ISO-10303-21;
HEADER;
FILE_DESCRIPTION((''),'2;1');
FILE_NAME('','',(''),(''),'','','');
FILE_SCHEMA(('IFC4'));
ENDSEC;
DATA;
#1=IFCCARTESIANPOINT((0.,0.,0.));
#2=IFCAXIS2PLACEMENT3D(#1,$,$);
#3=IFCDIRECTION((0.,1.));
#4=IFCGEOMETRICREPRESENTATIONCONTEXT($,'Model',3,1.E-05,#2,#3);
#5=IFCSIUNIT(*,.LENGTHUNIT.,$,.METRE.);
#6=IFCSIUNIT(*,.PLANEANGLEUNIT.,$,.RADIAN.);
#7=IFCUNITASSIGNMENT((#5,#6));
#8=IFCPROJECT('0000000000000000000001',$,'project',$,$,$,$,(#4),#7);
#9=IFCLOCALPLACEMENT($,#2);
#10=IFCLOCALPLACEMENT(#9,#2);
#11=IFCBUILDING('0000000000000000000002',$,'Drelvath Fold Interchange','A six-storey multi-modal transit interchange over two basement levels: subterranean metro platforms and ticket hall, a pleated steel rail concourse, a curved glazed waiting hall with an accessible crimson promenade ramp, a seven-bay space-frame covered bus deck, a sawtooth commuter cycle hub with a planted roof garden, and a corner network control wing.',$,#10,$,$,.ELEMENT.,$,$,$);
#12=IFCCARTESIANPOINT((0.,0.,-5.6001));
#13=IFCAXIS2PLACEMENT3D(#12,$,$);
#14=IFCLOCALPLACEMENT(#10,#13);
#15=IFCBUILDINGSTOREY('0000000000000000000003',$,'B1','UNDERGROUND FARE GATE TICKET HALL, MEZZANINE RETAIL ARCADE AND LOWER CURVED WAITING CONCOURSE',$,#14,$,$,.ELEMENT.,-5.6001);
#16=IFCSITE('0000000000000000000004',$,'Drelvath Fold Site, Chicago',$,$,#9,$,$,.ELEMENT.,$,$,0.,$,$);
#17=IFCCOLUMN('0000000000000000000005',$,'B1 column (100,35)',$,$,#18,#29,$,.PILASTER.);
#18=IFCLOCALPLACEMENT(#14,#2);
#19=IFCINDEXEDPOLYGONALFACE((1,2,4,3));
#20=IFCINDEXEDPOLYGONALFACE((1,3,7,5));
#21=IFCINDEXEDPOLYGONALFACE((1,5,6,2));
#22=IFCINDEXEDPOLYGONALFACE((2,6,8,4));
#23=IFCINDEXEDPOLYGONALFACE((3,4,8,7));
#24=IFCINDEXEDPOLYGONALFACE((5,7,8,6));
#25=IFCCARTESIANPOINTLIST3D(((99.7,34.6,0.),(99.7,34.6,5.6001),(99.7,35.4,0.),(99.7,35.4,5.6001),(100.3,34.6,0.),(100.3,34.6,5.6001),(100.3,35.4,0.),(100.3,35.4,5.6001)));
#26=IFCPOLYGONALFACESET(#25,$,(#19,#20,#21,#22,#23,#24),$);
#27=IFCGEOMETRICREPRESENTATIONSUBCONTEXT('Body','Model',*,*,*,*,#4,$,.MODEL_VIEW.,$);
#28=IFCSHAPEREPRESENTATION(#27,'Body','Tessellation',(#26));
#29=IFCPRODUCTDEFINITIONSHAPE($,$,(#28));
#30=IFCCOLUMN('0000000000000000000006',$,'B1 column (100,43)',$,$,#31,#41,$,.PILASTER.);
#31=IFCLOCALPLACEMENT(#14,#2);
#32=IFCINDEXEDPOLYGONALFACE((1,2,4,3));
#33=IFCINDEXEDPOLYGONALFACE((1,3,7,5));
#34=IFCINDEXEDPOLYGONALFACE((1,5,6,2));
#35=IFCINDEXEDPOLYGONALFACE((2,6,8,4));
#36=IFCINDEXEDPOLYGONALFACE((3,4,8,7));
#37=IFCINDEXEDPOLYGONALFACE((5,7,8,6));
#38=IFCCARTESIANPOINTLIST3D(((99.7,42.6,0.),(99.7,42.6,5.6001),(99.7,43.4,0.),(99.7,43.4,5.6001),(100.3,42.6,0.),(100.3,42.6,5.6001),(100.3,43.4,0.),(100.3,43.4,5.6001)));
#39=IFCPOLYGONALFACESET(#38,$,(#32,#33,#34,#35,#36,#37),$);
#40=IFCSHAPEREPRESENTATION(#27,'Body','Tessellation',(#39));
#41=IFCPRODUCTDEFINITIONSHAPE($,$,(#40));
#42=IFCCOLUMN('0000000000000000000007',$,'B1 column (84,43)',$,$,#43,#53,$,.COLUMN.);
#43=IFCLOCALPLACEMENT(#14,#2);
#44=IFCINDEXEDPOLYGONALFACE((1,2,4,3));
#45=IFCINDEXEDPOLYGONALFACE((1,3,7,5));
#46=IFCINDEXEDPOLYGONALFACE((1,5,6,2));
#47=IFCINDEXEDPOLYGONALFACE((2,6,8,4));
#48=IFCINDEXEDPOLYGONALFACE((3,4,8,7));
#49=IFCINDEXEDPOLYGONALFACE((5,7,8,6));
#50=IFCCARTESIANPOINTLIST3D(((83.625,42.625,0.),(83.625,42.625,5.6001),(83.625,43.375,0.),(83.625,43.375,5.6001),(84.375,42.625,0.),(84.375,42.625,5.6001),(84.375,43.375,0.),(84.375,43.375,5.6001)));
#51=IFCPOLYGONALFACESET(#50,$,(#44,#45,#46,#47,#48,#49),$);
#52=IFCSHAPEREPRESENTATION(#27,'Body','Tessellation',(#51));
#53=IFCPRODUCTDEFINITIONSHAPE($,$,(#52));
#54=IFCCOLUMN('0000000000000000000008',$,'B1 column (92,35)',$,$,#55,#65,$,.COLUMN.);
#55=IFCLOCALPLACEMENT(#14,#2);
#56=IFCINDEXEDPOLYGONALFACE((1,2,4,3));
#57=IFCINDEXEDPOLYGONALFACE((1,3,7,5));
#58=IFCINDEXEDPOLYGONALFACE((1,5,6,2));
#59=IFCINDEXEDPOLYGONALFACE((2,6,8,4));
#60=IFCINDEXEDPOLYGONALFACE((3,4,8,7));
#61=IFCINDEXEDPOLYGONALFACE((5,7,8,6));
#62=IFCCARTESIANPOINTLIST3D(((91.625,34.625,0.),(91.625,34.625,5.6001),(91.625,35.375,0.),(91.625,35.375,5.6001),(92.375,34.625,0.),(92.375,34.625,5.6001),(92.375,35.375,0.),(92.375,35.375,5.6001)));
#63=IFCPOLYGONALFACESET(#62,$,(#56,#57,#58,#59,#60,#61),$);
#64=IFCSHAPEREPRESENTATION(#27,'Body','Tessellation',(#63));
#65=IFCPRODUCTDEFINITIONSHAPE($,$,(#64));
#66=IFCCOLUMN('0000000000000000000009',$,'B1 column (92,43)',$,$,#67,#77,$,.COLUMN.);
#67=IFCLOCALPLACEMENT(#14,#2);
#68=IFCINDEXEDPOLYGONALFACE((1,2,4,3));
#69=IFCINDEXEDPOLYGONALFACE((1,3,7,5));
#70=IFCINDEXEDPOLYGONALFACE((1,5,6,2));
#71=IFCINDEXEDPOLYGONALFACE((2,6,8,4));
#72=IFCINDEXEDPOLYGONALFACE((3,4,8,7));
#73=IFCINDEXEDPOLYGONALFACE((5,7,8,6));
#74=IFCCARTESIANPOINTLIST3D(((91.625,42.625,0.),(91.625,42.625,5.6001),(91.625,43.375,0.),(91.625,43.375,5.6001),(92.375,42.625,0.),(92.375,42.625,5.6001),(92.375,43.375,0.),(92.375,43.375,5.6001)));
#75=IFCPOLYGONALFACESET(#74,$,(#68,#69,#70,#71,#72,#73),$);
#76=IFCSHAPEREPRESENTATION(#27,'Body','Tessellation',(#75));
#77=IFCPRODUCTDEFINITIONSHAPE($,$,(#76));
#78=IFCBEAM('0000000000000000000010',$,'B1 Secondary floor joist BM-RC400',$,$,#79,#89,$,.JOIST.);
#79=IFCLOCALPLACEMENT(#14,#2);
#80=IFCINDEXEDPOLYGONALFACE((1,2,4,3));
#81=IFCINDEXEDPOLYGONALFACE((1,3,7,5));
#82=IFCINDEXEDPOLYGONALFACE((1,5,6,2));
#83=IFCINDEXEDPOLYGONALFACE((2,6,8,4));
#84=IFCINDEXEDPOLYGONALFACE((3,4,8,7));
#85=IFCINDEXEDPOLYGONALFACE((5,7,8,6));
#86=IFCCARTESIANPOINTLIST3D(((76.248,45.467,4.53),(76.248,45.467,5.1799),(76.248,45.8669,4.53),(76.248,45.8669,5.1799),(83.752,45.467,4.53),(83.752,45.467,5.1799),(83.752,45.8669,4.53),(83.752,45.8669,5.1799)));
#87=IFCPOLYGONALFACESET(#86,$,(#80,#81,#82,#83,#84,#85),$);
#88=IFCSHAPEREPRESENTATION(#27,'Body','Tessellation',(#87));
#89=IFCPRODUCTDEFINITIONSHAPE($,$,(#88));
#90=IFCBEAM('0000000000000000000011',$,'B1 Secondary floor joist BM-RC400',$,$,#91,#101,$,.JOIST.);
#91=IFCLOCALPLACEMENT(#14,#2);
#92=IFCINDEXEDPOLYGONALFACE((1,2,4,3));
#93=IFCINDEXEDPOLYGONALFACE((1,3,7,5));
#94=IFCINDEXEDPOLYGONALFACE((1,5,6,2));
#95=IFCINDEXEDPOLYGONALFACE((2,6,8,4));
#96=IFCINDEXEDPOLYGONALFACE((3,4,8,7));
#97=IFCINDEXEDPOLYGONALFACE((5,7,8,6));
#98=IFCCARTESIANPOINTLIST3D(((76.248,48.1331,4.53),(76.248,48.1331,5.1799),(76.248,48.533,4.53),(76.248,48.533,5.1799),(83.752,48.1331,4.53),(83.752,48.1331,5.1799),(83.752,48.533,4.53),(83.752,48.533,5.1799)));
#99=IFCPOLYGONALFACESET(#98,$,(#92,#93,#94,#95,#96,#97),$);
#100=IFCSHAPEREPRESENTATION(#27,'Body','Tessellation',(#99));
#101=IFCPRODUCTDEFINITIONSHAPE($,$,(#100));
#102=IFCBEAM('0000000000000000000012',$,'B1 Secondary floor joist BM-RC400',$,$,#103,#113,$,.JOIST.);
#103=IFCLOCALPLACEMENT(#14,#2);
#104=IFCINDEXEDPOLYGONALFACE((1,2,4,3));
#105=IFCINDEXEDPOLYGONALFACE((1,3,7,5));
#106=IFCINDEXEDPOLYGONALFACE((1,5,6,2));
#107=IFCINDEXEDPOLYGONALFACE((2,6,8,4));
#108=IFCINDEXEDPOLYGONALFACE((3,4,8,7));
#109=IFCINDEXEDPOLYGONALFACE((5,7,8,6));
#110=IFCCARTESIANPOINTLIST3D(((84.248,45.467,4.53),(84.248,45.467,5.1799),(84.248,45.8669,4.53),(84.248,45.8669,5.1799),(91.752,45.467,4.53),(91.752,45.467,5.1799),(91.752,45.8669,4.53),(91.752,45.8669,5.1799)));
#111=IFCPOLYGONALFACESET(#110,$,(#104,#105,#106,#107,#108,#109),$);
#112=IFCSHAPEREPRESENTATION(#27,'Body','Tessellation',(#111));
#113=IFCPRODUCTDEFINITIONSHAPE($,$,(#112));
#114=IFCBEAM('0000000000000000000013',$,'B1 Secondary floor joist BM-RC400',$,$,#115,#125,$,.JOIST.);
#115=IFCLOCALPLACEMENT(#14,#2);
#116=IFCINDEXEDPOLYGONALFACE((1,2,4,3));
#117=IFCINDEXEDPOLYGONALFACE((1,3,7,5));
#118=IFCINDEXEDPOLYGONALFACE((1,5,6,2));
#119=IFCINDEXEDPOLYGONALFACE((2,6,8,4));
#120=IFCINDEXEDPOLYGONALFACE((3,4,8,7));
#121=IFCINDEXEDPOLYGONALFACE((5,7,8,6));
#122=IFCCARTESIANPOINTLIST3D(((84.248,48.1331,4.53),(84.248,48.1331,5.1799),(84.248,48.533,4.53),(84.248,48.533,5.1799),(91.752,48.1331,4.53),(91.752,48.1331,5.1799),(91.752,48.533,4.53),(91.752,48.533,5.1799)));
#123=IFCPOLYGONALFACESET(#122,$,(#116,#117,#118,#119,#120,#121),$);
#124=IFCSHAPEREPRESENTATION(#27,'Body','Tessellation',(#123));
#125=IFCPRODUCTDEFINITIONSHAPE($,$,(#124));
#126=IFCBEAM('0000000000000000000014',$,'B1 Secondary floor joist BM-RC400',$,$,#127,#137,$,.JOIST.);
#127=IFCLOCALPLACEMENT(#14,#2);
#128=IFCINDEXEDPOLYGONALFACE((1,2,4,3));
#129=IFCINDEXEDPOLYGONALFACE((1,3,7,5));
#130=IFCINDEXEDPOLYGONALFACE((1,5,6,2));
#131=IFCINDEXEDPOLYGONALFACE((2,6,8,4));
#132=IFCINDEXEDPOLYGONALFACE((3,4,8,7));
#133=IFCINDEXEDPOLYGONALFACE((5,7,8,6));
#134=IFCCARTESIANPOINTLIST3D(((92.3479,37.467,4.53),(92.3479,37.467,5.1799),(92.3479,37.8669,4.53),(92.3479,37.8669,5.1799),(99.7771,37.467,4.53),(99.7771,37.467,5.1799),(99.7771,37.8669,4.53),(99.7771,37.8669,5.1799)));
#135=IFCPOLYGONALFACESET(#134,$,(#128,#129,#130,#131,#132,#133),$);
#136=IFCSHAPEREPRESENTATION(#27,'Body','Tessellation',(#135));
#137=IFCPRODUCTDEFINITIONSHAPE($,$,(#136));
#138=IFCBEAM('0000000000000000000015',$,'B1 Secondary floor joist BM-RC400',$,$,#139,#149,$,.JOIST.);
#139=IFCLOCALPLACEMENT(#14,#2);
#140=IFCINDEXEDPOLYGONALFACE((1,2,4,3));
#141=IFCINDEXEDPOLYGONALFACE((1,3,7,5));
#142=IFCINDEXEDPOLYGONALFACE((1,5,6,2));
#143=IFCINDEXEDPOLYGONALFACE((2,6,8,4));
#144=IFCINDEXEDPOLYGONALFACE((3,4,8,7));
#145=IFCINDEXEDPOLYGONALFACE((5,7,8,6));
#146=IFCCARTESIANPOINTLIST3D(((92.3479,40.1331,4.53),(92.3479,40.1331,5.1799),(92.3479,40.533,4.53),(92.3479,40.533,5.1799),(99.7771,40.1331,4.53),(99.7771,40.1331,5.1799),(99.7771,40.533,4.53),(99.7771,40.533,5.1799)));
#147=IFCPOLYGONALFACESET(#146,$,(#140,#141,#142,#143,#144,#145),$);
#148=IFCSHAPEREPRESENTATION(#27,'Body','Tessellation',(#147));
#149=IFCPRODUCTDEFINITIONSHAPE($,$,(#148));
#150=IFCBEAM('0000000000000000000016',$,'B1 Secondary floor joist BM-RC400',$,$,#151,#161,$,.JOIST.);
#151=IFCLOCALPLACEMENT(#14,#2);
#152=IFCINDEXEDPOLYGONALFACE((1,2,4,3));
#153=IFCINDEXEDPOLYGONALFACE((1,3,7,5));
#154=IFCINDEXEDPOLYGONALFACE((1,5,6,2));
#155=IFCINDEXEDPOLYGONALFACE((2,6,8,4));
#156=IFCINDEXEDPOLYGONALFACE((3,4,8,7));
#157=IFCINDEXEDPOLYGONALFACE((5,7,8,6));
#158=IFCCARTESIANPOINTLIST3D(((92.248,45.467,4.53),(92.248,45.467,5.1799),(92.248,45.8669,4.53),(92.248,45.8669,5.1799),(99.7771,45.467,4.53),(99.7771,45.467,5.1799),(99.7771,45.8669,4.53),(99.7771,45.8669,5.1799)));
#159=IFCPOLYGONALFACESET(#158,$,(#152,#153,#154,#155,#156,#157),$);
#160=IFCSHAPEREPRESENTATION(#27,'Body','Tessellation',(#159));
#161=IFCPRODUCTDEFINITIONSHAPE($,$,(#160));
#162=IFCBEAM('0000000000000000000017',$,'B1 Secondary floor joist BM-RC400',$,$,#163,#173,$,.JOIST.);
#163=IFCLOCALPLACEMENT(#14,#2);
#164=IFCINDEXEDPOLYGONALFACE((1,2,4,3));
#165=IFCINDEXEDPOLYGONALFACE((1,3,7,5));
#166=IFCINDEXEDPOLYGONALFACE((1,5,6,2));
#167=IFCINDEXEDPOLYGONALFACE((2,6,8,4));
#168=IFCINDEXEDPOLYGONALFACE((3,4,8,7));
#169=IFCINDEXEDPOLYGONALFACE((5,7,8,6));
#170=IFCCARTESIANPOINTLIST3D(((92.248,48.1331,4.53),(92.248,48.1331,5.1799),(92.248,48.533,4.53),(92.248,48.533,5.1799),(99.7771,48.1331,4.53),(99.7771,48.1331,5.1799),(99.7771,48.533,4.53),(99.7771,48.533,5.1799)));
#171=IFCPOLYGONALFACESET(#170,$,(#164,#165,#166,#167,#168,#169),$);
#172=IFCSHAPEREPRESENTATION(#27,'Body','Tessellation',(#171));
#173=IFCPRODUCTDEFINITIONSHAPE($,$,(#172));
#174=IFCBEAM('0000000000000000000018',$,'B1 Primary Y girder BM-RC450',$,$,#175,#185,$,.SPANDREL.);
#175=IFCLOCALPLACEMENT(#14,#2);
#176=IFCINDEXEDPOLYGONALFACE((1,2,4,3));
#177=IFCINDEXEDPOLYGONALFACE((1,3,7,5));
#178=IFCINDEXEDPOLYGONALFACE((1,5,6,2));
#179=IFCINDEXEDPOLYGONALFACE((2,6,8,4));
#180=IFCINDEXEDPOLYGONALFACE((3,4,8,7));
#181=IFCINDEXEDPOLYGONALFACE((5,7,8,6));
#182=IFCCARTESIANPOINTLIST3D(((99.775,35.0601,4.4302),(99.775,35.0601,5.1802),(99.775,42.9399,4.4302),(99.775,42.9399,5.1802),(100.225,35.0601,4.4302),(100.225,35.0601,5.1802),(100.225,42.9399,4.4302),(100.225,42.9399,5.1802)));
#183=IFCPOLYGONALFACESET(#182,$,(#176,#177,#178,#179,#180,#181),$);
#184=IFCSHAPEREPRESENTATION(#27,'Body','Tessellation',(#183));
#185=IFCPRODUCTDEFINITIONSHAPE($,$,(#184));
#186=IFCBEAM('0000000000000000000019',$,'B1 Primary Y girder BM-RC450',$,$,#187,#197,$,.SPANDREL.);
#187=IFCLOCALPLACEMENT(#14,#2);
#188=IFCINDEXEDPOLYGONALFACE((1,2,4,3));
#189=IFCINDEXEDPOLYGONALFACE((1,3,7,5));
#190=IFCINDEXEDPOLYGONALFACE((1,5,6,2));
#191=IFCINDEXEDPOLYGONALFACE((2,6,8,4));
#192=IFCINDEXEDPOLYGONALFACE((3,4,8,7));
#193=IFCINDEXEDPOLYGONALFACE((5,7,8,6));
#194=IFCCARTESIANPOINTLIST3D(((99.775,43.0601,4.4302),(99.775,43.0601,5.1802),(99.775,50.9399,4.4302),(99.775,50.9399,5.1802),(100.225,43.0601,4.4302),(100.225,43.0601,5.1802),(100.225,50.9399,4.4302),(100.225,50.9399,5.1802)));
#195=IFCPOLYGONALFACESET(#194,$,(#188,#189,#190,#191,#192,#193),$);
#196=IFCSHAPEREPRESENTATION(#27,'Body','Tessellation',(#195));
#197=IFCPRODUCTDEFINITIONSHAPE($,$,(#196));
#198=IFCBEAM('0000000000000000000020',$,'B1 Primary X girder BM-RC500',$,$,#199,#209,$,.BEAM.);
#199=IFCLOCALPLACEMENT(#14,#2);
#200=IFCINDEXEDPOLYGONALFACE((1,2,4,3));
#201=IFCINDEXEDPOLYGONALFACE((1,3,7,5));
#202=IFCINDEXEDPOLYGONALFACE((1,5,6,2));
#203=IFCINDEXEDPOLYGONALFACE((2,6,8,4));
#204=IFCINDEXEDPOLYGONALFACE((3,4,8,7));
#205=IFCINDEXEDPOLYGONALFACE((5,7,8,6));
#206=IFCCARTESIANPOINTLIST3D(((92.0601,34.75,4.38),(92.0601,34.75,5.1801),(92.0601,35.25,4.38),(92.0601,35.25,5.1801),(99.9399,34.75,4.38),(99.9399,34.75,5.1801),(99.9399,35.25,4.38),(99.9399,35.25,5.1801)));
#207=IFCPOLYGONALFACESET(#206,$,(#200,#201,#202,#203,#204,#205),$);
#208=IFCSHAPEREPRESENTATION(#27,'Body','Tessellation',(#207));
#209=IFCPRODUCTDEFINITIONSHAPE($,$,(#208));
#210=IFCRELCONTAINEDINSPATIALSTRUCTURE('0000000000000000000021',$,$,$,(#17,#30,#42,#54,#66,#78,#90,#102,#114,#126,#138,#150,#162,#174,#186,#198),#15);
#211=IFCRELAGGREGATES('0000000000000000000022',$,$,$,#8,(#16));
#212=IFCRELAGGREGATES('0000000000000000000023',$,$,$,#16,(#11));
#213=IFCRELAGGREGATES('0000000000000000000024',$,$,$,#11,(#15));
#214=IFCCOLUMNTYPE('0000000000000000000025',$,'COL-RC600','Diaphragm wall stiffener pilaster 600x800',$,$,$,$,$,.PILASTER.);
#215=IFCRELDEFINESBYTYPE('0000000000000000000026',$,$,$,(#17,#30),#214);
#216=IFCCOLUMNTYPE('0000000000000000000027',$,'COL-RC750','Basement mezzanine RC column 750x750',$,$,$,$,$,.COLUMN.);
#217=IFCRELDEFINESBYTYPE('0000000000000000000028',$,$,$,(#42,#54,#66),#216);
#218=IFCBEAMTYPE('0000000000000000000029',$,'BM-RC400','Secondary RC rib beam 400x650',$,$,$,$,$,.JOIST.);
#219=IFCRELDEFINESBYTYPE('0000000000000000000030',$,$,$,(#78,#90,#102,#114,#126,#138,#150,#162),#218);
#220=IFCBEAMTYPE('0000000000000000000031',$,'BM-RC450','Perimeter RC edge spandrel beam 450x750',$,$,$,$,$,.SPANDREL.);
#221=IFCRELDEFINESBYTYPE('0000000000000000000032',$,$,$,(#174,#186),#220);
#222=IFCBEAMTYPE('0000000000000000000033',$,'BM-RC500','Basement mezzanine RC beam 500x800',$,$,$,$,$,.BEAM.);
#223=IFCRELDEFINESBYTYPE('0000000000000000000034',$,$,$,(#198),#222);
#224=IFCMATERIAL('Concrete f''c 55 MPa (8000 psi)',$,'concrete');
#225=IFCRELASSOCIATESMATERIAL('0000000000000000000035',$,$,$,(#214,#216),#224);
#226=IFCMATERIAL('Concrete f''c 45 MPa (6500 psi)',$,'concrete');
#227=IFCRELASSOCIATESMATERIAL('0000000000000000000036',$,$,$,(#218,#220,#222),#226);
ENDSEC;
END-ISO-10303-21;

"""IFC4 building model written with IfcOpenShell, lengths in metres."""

from ifc_helpers import new_model, si_unit, direction, frame, origin, origin_2d, place, context, subcontext, project, spatial, rectangle, extrude, material, material_profile, profile_set, type_object, element, save


model = new_model("IFC4")

# Units and contexts
model_context = context("Model", 3, precision=1e-05, world=origin(), true_north=direction((0.0, 1.0)))
body_context = subcontext(model_context, "Body", "Model", "MODEL_VIEW")
ifc_project = project(units=[si_unit("LENGTHUNIT", "METRE"), si_unit("PLANEANGLEUNIT", "RADIAN")], contexts=[model_context])

# Site, building, storey
site_placement = place(None, origin())
site = spatial("IfcSite", under=ifc_project, at=site_placement, Name="Drelvath Fold Site, Chicago", CompositionType="ELEMENT", RefElevation=0.0)
building_placement = place(site_placement, origin())
building = spatial("IfcBuilding", under=site, at=building_placement, Name="Drelvath Fold Interchange", Description="A six-storey multi-modal transit interchange over two basement levels: subterranean metro platforms and ticket hall, a pleated steel rail concourse, a curved glazed waiting hall with an accessible crimson promenade ramp, a seven-bay space-frame covered bus deck, a sawtooth commuter cycle hub with a planted roof garden, and a corner network control wing.", CompositionType="ELEMENT")
storey_placement = place(building_placement, frame((0.0, 0.0, -5.6001)))
storey = spatial("IfcBuildingStorey", under=building, at=storey_placement, Name="B1", Description="UNDERGROUND FARE GATE TICKET HALL, MEZZANINE RETAIL ARCADE AND LOWER CURVED WAITING CONCOURSE", CompositionType="ELEMENT", Elevation=-5.6001)

# Columns
ifc_material_1 = material(Name="Concrete f'c 55 MPa (8000 psi)", Category="concrete")
ifc_material_profile_1 = material_profile(ifc_material_1, rectangle(XDim=0.6001, YDim=0.8, at=origin_2d()), Name="RC 600x800")
ifc_profile_set_1 = profile_set([ifc_material_profile_1], Name="Concrete f'c 55 MPa (8000 psi)")
column_type_1 = type_object("IfcColumnType", Name="COL-RC600", Description="Diaphragm wall stiffener pilaster 600x800", PredefinedType="PILASTER", material=ifc_profile_set_1)
for number, where, z_axis, x_axis, name in (
    (1, (100.0, 35.0, 0.0), (0.0, 0.0, 1.0), (1.0, 0.0, 0.0), "B1 column (100,35)"),
    (2, (100.0, 43.0, 0.0), (0.0, 0.0, 1.0), (1.0, 0.0, 0.0), "B1 column (100,43)"),
):
    element("IfcColumn", number, at=place(storey_placement, frame(where, z_axis=z_axis, x_axis=x_axis)), inside=storey, type_object=column_type_1, Name=name, PredefinedType="PILASTER", context=body_context, shape_type="SweptSolid", body=[
        extrude(rectangle(XDim=0.6001, YDim=0.8, at=origin_2d()), origin(), (0.0, 0.0, 1.0), 5.6001),
    ])
ifc_material_profile_2 = material_profile(ifc_material_1, rectangle(XDim=0.75, YDim=0.75, at=origin_2d()), Name="RC 750x750")
ifc_profile_set_2 = profile_set([ifc_material_profile_2], Name="Concrete f'c 55 MPa (8000 psi)")
column_type_2 = type_object("IfcColumnType", Name="COL-RC750", Description="Basement mezzanine RC column 750x750", PredefinedType="COLUMN", material=ifc_profile_set_2)
for number, where, z_axis, x_axis, name in (
    (3, (84.0, 43.0, 0.0), (0.0, 0.0, 1.0), (1.0, 0.0, 0.0), "B1 column (84,43)"),
    (4, (92.0, 35.0, 0.0), (0.0, 0.0, 1.0), (1.0, 0.0, 0.0), "B1 column (92,35)"),
    (5, (92.0, 43.0, 0.0), (0.0, 0.0, 1.0), (1.0, 0.0, 0.0), "B1 column (92,43)"),
):
    element("IfcColumn", number, at=place(storey_placement, frame(where, z_axis=z_axis, x_axis=x_axis)), inside=storey, type_object=column_type_2, Name=name, PredefinedType="COLUMN", context=body_context, shape_type="SweptSolid", body=[
        extrude(rectangle(XDim=0.75, YDim=0.75, at=origin_2d()), origin(), (0.0, 0.0, 1.0), 5.6001),
    ])

# Beams
ifc_material_2 = material(Name="Concrete f'c 45 MPa (6500 psi)", Category="concrete")
ifc_material_profile_3 = material_profile(ifc_material_2, rectangle(XDim=0.3999, YDim=0.6499, at=origin_2d()), Name="RC 400x650")
ifc_profile_set_3 = profile_set([ifc_material_profile_3], Name="Concrete f'c 45 MPa (6500 psi)")
beam_type_1 = type_object("IfcBeamType", Name="BM-RC400", Description="Secondary RC rib beam 400x650", PredefinedType="JOIST", material=ifc_profile_set_3)
for number, where, z_axis, x_axis, name in (
    (6, (76.248, 45.667, 4.855), (1.0, 0.0, 0.0), (0.0, 1.0, 0.0), "B1 Secondary floor joist BM-RC400"),
    (7, (76.248, 48.333, 4.855), (1.0, 0.0, 0.0), (0.0, 1.0, 0.0), "B1 Secondary floor joist BM-RC400"),
    (8, (84.248, 45.667, 4.855), (1.0, 0.0, 0.0), (0.0, 1.0, 0.0), "B1 Secondary floor joist BM-RC400"),
    (9, (84.248, 48.333, 4.855), (1.0, 0.0, 0.0), (0.0, 1.0, 0.0), "B1 Secondary floor joist BM-RC400"),
):
    element("IfcBeam", number, at=place(storey_placement, frame(where, z_axis=z_axis, x_axis=x_axis)), inside=storey, type_object=beam_type_1, Name=name, PredefinedType="JOIST", context=body_context, shape_type="SweptSolid", body=[
        extrude(rectangle(XDim=0.3999, YDim=0.6499, at=origin_2d()), origin(), (0.0, 0.0, 1.0), 7.5039),
    ])
for number, where, z_axis, x_axis, name in (
    (10, (92.3479, 37.667, 4.855), (1.0, 0.0, 0.0), (0.0, 1.0, 0.0), "B1 Secondary floor joist BM-RC400"),
    (11, (92.3479, 40.333, 4.855), (1.0, 0.0, 0.0), (0.0, 1.0, 0.0), "B1 Secondary floor joist BM-RC400"),
):
    element("IfcBeam", number, at=place(storey_placement, frame(where, z_axis=z_axis, x_axis=x_axis)), inside=storey, type_object=beam_type_1, Name=name, PredefinedType="JOIST", context=body_context, shape_type="SweptSolid", body=[
        extrude(rectangle(XDim=0.3999, YDim=0.6499, at=origin_2d()), origin(), (0.0, 0.0, 1.0), 7.4292),
    ])
for number, where, z_axis, x_axis, name in (
    (12, (92.248, 45.667, 4.855), (1.0, 0.0, 0.0), (0.0, 1.0, 0.0), "B1 Secondary floor joist BM-RC400"),
    (13, (92.248, 48.333, 4.855), (1.0, 0.0, 0.0), (0.0, 1.0, 0.0), "B1 Secondary floor joist BM-RC400"),
):
    element("IfcBeam", number, at=place(storey_placement, frame(where, z_axis=z_axis, x_axis=x_axis)), inside=storey, type_object=beam_type_1, Name=name, PredefinedType="JOIST", context=body_context, shape_type="SweptSolid", body=[
        extrude(rectangle(XDim=0.3999, YDim=0.6499, at=origin_2d()), origin(), (0.0, 0.0, 1.0), 7.5291),
    ])
ifc_material_profile_4 = material_profile(ifc_material_2, rectangle(XDim=0.45, YDim=0.75, at=origin_2d()), Name="RC 450x750")
ifc_profile_set_4 = profile_set([ifc_material_profile_4], Name="Concrete f'c 45 MPa (6500 psi)")
beam_type_2 = type_object("IfcBeamType", Name="BM-RC450", Description="Perimeter RC edge spandrel beam 450x750", PredefinedType="SPANDREL", material=ifc_profile_set_4)
for number, where, z_axis, x_axis, name in (
    (14, (100.0, 35.0601, 4.8052), (0.0, 1.0, 0.0), (-1.0, 0.0, 0.0), "B1 Primary Y girder BM-RC450"),
    (15, (100.0, 43.0601, 4.8052), (0.0, 1.0, 0.0), (-1.0, 0.0, 0.0), "B1 Primary Y girder BM-RC450"),
):
    element("IfcBeam", number, at=place(storey_placement, frame(where, z_axis=z_axis, x_axis=x_axis)), inside=storey, type_object=beam_type_2, Name=name, PredefinedType="SPANDREL", context=body_context, shape_type="SweptSolid", body=[
        extrude(rectangle(XDim=0.45, YDim=0.75, at=origin_2d()), origin(), (0.0, 0.0, 1.0), 7.8799),
    ])
ifc_material_profile_5 = material_profile(ifc_material_2, rectangle(XDim=0.5, YDim=0.8, at=origin_2d()), Name="RC 500x800")
ifc_profile_set_5 = profile_set([ifc_material_profile_5], Name="Concrete f'c 45 MPa (6500 psi)")
beam_type_3 = type_object("IfcBeamType", Name="BM-RC500", Description="Basement mezzanine RC beam 500x800", PredefinedType="BEAM", material=ifc_profile_set_5)
for number, where, z_axis, x_axis, name in (
    (16, (92.0601, 35.0, 4.78), (1.0, 0.0, 0.0), (0.0, 1.0, 0.0), "B1 Primary X girder BM-RC500"),
):
    element("IfcBeam", number, at=place(storey_placement, frame(where, z_axis=z_axis, x_axis=x_axis)), inside=storey, type_object=beam_type_3, Name=name, PredefinedType="BEAM", context=body_context, shape_type="SweptSolid", body=[
        extrude(rectangle(XDim=0.5, YDim=0.8, at=origin_2d()), origin(), (0.0, 0.0, 1.0), 7.8799),
    ])

save(model, "model.ifc")
